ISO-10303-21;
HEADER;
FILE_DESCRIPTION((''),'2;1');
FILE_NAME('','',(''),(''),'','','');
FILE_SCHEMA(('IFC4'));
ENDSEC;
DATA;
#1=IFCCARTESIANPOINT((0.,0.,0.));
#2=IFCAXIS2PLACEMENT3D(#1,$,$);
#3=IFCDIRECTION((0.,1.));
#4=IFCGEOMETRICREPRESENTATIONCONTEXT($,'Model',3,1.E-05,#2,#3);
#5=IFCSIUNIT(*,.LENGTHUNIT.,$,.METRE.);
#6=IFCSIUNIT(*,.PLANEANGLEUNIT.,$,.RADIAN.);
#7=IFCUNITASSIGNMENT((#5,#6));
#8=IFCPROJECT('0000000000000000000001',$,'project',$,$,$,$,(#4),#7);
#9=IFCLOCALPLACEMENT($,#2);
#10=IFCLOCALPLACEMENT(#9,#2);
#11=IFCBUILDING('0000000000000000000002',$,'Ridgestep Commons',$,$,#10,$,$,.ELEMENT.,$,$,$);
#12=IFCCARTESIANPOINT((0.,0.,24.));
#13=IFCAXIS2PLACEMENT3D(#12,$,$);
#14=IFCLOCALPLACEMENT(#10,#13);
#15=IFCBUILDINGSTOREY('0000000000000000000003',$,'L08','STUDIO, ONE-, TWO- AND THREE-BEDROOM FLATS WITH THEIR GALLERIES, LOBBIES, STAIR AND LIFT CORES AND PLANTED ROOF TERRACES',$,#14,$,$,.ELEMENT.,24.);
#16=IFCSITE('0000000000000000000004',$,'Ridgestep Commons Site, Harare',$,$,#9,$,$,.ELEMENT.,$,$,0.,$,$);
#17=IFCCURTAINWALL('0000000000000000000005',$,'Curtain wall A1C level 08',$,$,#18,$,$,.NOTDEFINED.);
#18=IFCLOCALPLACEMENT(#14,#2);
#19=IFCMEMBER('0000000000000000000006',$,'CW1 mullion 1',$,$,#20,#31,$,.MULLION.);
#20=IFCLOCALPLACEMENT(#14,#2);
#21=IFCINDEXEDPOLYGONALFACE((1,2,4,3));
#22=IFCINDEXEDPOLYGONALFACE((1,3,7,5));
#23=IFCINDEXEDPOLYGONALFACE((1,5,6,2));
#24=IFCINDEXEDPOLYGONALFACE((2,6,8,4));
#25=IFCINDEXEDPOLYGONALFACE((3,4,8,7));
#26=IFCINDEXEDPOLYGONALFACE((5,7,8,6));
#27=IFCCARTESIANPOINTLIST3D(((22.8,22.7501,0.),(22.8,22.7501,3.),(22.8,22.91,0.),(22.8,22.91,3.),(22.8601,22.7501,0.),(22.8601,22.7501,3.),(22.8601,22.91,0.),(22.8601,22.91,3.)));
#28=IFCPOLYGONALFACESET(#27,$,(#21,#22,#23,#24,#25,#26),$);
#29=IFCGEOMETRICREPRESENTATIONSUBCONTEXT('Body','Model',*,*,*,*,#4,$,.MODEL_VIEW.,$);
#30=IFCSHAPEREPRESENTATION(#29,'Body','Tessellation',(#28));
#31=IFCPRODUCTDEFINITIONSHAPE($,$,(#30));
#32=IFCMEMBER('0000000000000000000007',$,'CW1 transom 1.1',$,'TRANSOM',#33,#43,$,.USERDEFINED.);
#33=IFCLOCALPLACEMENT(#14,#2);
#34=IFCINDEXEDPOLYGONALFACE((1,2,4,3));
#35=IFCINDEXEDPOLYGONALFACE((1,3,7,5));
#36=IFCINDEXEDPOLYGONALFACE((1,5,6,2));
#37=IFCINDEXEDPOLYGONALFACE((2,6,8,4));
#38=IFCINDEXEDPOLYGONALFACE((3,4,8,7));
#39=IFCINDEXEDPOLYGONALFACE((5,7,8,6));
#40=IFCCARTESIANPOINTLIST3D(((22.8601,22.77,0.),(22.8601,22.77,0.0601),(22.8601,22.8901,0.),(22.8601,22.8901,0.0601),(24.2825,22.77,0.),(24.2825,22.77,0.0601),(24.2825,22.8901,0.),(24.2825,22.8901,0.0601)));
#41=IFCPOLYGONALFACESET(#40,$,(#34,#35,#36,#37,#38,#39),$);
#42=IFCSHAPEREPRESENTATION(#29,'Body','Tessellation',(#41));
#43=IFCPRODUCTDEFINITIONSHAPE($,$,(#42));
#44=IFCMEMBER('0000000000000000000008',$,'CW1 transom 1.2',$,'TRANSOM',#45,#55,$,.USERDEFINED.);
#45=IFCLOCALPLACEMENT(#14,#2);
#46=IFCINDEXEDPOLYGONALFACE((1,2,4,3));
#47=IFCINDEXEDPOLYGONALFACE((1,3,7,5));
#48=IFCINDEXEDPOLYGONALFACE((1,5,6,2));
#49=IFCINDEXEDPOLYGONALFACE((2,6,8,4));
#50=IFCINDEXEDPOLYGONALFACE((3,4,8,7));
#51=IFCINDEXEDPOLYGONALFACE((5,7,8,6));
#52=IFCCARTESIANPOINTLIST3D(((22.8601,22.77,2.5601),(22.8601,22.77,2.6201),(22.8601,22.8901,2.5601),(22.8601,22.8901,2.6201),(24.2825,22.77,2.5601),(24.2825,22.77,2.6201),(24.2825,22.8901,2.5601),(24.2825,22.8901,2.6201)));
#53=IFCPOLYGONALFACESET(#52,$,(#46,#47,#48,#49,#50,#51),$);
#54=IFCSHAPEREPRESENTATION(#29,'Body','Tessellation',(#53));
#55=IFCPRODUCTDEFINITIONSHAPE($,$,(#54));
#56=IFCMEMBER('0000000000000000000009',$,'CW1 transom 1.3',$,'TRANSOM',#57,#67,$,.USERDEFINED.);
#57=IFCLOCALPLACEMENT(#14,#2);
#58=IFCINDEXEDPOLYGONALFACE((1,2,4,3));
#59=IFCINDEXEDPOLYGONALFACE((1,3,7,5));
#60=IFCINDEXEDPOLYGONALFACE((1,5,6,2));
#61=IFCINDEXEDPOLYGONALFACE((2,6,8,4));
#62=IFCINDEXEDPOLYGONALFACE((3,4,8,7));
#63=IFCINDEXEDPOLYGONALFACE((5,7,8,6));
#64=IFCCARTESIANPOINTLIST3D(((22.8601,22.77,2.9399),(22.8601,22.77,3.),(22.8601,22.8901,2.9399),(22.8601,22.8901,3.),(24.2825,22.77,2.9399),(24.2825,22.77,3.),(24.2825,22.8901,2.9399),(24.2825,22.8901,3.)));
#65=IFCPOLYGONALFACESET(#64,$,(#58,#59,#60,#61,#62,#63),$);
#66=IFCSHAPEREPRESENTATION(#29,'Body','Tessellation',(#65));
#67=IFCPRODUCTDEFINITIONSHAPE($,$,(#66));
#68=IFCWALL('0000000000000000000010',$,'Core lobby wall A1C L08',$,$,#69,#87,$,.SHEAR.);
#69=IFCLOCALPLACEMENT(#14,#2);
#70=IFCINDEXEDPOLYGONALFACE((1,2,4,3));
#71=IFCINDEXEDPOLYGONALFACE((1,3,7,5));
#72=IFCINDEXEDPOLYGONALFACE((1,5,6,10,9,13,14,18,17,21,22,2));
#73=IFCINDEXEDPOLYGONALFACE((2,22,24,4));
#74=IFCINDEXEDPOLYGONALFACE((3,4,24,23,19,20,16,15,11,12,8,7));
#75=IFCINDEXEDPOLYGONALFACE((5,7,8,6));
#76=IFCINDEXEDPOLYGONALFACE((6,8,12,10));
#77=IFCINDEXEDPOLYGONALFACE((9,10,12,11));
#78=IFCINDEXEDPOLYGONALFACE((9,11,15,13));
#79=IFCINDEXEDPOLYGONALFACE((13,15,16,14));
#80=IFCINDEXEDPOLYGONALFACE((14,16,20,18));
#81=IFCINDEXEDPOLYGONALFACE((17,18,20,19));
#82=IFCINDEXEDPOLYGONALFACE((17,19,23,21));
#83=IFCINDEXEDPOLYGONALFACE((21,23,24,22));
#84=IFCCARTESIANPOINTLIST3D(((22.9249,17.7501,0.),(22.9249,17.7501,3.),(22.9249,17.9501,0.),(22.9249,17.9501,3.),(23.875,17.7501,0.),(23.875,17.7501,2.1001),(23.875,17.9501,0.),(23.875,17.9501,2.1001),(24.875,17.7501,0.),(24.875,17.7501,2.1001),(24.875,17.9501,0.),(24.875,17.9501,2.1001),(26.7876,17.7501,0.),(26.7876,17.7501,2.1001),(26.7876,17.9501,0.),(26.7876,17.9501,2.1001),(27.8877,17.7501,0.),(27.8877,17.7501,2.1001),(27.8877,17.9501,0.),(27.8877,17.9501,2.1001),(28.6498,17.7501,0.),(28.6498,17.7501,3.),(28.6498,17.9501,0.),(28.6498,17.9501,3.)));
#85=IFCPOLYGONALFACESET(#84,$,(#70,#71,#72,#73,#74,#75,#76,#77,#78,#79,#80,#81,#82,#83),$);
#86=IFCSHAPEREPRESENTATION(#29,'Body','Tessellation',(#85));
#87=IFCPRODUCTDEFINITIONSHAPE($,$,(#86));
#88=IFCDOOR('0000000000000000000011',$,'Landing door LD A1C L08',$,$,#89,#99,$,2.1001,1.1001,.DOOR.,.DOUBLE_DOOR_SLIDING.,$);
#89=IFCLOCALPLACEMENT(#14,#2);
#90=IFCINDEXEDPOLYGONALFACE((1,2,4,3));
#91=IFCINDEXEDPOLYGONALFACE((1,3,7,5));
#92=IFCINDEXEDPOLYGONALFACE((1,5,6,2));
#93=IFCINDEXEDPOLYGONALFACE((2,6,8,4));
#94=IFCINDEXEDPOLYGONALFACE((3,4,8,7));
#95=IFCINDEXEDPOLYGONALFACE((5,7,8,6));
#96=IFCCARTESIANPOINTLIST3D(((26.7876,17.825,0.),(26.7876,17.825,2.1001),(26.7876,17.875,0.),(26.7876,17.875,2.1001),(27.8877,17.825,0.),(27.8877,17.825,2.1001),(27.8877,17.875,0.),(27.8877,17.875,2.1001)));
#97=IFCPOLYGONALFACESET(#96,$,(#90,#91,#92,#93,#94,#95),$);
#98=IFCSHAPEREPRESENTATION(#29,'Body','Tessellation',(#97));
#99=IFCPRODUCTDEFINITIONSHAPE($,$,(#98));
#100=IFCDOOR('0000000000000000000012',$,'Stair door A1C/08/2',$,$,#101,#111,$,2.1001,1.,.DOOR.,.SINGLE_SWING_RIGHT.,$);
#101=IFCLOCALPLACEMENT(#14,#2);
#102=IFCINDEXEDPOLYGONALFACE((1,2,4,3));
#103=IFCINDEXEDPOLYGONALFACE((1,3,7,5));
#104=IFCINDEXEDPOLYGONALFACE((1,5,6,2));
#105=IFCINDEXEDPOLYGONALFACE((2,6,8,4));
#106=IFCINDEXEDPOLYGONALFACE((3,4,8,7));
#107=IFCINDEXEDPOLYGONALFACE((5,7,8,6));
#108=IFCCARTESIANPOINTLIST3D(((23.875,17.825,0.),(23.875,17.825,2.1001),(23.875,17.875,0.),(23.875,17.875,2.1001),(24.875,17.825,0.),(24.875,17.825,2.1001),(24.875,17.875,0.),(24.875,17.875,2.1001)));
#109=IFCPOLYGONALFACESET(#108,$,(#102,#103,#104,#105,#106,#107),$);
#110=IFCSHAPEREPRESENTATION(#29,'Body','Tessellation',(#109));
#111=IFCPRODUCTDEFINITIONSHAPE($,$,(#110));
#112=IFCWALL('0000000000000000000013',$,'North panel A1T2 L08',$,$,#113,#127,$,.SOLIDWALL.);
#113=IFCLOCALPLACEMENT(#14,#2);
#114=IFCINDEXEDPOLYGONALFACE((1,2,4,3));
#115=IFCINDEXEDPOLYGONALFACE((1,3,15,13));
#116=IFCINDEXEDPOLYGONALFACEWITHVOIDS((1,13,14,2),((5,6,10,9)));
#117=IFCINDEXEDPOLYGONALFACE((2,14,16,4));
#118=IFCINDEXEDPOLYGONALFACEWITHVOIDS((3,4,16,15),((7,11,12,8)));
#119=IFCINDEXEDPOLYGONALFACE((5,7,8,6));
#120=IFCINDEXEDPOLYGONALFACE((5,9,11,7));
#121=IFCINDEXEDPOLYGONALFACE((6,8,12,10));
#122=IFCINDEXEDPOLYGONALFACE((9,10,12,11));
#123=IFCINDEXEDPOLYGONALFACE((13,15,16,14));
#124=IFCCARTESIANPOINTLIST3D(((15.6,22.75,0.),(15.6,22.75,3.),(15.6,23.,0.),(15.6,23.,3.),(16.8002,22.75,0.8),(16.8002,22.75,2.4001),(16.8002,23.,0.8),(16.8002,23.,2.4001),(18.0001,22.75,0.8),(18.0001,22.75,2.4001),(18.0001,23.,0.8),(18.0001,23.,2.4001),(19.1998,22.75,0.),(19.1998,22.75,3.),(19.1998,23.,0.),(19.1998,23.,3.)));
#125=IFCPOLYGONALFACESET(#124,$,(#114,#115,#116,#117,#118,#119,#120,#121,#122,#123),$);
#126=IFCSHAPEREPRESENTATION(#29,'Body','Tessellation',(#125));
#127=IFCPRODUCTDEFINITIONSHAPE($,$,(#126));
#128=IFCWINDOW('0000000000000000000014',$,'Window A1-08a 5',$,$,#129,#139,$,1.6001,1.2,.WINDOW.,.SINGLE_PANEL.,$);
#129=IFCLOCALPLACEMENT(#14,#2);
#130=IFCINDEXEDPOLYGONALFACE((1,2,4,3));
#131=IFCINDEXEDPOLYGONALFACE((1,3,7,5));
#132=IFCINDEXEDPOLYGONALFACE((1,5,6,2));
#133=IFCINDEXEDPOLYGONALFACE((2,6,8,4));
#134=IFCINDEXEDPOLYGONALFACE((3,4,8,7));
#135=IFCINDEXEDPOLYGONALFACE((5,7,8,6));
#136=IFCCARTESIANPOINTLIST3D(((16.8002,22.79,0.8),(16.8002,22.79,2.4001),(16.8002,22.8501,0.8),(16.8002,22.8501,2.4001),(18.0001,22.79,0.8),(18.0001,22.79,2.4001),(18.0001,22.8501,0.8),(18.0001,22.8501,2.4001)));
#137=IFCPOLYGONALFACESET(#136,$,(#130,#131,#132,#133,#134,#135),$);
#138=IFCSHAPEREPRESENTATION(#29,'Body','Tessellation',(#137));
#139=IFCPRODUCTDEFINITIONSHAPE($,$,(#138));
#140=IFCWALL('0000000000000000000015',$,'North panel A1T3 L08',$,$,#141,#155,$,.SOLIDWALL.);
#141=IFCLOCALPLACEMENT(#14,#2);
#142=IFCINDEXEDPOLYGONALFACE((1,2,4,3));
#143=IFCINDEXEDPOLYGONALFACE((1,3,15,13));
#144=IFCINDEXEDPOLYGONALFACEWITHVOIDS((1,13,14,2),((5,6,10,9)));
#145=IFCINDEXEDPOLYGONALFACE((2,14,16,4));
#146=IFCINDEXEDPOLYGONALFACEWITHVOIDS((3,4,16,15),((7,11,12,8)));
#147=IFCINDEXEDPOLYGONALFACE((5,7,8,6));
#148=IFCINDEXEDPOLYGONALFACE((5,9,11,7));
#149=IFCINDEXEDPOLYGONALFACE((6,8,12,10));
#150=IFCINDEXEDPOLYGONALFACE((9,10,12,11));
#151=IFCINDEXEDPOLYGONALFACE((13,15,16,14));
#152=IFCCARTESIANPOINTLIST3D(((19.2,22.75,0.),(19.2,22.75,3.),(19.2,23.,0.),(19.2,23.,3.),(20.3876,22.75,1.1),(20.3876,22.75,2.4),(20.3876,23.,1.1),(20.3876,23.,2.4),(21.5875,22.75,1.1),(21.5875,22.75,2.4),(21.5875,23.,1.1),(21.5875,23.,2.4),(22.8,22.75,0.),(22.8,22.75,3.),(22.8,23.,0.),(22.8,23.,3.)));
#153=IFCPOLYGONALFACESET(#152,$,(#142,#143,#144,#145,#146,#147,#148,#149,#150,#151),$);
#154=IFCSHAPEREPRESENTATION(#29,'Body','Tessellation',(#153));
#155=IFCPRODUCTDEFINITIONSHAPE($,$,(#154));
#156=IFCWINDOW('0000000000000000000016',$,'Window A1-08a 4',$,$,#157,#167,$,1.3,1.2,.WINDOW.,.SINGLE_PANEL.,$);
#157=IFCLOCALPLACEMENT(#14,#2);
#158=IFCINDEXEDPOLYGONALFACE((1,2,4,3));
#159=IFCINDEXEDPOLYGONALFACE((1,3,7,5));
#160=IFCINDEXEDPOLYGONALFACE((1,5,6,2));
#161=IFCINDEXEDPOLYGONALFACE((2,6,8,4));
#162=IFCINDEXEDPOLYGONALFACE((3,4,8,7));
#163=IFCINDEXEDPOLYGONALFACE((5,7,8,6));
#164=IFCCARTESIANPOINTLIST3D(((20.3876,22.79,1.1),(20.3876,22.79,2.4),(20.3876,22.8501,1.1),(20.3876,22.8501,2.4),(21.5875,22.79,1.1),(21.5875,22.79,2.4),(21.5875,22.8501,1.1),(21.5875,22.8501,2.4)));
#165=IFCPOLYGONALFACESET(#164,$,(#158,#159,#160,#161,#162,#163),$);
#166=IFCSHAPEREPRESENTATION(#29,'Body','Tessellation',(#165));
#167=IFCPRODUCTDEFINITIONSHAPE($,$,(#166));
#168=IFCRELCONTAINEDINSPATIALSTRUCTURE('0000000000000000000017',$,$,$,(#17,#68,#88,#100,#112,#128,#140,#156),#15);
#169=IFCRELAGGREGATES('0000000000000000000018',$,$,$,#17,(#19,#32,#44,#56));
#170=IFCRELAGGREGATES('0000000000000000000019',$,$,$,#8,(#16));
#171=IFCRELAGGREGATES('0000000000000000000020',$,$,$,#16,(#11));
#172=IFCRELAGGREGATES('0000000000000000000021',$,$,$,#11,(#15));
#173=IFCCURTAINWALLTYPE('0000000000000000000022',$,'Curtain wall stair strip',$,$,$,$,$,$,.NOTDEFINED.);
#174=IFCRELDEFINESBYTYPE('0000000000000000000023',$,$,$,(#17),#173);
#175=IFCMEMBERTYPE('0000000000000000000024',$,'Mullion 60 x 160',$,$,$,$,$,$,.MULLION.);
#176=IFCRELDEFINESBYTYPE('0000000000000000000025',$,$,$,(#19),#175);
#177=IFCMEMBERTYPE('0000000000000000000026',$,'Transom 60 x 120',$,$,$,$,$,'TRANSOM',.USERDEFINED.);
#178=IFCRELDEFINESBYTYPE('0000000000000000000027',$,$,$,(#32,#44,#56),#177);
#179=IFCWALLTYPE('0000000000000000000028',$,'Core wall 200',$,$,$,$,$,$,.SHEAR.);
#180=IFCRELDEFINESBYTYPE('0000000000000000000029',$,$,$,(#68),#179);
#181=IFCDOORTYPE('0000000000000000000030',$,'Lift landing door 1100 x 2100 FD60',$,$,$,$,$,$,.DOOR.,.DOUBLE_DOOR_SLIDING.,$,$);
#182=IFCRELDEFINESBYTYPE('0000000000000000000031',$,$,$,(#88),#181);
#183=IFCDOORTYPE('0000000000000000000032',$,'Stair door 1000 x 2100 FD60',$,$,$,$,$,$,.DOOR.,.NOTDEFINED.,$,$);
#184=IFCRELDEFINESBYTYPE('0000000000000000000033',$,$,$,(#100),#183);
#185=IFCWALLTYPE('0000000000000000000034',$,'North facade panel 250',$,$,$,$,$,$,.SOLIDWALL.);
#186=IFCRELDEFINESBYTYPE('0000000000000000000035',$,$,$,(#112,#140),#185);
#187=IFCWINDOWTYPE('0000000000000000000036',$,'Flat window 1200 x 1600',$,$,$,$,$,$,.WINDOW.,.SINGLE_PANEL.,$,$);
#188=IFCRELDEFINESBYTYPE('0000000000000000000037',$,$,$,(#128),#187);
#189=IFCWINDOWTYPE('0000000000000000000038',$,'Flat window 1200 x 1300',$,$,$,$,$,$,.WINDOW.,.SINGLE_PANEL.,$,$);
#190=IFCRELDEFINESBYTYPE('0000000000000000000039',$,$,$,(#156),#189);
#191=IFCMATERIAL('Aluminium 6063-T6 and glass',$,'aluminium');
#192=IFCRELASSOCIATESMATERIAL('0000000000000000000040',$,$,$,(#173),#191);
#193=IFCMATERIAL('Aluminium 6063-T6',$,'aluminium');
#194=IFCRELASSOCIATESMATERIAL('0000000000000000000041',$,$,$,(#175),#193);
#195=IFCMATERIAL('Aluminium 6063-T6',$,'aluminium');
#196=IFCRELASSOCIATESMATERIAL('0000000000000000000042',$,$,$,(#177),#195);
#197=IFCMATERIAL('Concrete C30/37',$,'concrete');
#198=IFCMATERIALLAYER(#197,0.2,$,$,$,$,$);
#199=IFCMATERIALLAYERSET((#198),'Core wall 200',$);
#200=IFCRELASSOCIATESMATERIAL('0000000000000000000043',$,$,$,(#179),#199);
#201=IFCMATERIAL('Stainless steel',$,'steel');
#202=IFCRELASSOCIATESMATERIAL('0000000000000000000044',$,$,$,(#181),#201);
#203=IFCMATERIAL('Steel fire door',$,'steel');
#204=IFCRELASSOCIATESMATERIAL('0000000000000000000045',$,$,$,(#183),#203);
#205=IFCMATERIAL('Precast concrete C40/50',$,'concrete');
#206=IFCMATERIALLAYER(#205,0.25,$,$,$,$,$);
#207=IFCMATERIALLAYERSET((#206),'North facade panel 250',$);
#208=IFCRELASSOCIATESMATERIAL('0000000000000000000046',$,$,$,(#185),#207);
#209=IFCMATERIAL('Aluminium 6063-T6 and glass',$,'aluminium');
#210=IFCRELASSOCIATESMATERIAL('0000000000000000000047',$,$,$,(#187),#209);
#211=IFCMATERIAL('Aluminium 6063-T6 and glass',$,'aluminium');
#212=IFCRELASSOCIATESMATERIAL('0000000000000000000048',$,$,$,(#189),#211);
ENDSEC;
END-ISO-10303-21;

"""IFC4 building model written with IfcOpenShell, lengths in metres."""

from ifc_helpers import new_model, si_unit, direction, frame, frame_2d, origin, origin_2d, place, context, subcontext, project, spatial, rectangle, extrude, material, layer, layer_set, material_profile, profile_set, type_object, element, fill, aggregate, save


model = new_model("IFC4")

# Units and contexts
model_context = context("Model", 3, precision=1e-05, world=origin(), true_north=direction((0.0, 1.0)))
body_context = subcontext(model_context, "Body", "Model", "MODEL_VIEW")
ifc_project = project(units=[si_unit("LENGTHUNIT", "METRE"), si_unit("PLANEANGLEUNIT", "RADIAN")], contexts=[model_context])

# Site, building, storey
site_placement = place(None, origin())
site = spatial("IfcSite", under=ifc_project, at=site_placement, Name="Ridgestep Commons Site, Harare", CompositionType="ELEMENT", RefElevation=0.0)
building_placement = place(site_placement, origin())
building = spatial("IfcBuilding", under=site, at=building_placement, Name="Ridgestep Commons", CompositionType="ELEMENT")
storey_placement = place(building_placement, frame((0.0, 0.0, 24.0)))
storey = spatial("IfcBuildingStorey", under=building, at=storey_placement, Name="L08", Description="STUDIO, ONE-, TWO- AND THREE-BEDROOM FLATS WITH THEIR GALLERIES, LOBBIES, STAIR AND LIFT CORES AND PLANTED ROOF TERRACES", CompositionType="ELEMENT", Elevation=24.0)

# Curtain wall, members
ifc_material_1 = material(Name="Aluminium 6063-T6 and glass", Category="aluminium")
curtain_wall_type = type_object("IfcCurtainWallType", Name="Curtain wall stair strip", PredefinedType="NOTDEFINED", material=ifc_material_1)
curtain_wall_placement = place(storey_placement, origin())
curtain_wall = element("IfcCurtainWall", 1, at=curtain_wall_placement, inside=storey, type_object=curtain_wall_type, Name="Curtain wall A1C level 08", PredefinedType="NOTDEFINED")
ifc_material_2 = material(Name="Aluminium 6063-T6", Category="aluminium")
ifc_material_profile_1 = material_profile(ifc_material_2, rectangle(XDim=0.1599, YDim=0.0601, at=origin_2d()), Name="Mullion 60 x 160")
ifc_profile_set_1 = profile_set([ifc_material_profile_1], Name="Aluminium 6063-T6")
member_type_1 = type_object("IfcMemberType", Name="Mullion 60 x 160", PredefinedType="MULLION", material=ifc_profile_set_1)
member_1_placement = place(storey_placement, frame((22.8301, 22.8301, 0.0), z_axis=(0.0, 0.0, 1.0), x_axis=(0.0, 1.0, 0.0)))
member_1 = element("IfcMember", 2, at=member_1_placement, type_object=member_type_1, Name="CW1 mullion 1", PredefinedType="MULLION", context=body_context, shape_type="SweptSolid", body=[
    extrude(rectangle(XDim=0.1599, YDim=0.0601, at=origin_2d()), origin(), (0.0, 0.0, 1.0), 3.0),
])
ifc_material_3 = material(Name="Aluminium 6063-T6", Category="aluminium")
ifc_material_profile_2 = material_profile(ifc_material_3, rectangle(XDim=0.1201, YDim=0.0601, at=origin_2d()), Name="Transom 60 x 120")
ifc_profile_set_2 = profile_set([ifc_material_profile_2], Name="Aluminium 6063-T6")
member_type_2 = type_object("IfcMemberType", Name="Transom 60 x 120", ElementType="TRANSOM", PredefinedType="USERDEFINED", material=ifc_profile_set_2)
member_2_placement = place(storey_placement, frame((22.8601, 22.8301, 0.03), z_axis=(1.0, 0.0, 0.0), x_axis=(0.0, 1.0, 0.0)))
member_2 = element("IfcMember", 3, at=member_2_placement, type_object=member_type_2, Name="CW1 transom 1.1", ObjectType="TRANSOM", PredefinedType="USERDEFINED", context=body_context, shape_type="SweptSolid", body=[
    extrude(rectangle(XDim=0.1201, YDim=0.0601, at=origin_2d()), origin(), (0.0, 0.0, 1.0), 1.4224),
])
member_3_placement = place(storey_placement, frame((22.8601, 22.8301, 2.5901), z_axis=(1.0, 0.0, 0.0), x_axis=(0.0, 1.0, 0.0)))
member_3 = element("IfcMember", 4, at=member_3_placement, type_object=member_type_2, Name="CW1 transom 1.2", ObjectType="TRANSOM", PredefinedType="USERDEFINED", context=body_context, shape_type="SweptSolid", body=[
    extrude(rectangle(XDim=0.1201, YDim=0.0601, at=origin_2d()), origin(), (0.0, 0.0, 1.0), 1.4224),
])
member_4_placement = place(storey_placement, frame((22.8601, 22.8301, 2.97), z_axis=(1.0, 0.0, 0.0), x_axis=(0.0, 1.0, 0.0)))
member_4 = element("IfcMember", 5, at=member_4_placement, type_object=member_type_2, Name="CW1 transom 1.3", ObjectType="TRANSOM", PredefinedType="USERDEFINED", context=body_context, shape_type="SweptSolid", body=[
    extrude(rectangle(XDim=0.1201, YDim=0.0601, at=origin_2d()), origin(), (0.0, 0.0, 1.0), 1.4224),
])
aggregate(curtain_wall, [member_1, member_2, member_3, member_4])

# Wall, openings, doors
ifc_material_4 = material(Name="Concrete C30/37", Category="concrete")
ifc_layer_1 = layer(ifc_material_4, 0.2)
ifc_layer_set_1 = layer_set([ifc_layer_1], Name="Core wall 200")
wall_type_1 = type_object("IfcWallType", Name="Core wall 200", PredefinedType="SHEAR", material=ifc_layer_set_1)
wall_1_placement = place(storey_placement, frame((22.925, 17.8501, 0.0), z_axis=(0.0, 0.0, 1.0), x_axis=(1.0, 0.0, 0.0)))
wall_1 = element("IfcWall", 6, at=wall_1_placement, inside=storey, type_object=wall_type_1, Name="Core lobby wall A1C L08", PredefinedType="SHEAR", context=body_context, shape_type="SweptSolid", body=[
    extrude(rectangle(XDim=5.7249, YDim=0.2, at=frame_2d((2.8623, 0.0))), origin(), (0.0, 0.0, 1.0), 3.0),
])
opening_1_placement = place(wall_1_placement, frame((0.95, 0.0, 0.0)))
opening_1 = element("IfcOpeningElement", 7, at=opening_1_placement, cuts=wall_1, PredefinedType="OPENING", context=body_context, shape_type="SweptSolid", body=[
    extrude(rectangle(XDim=1.0, YDim=2.1001, at=frame_2d((0.5, 1.05))), frame((0.0, 0.1099, 0.0), z_axis=(0.0, -1.0, 0.0), x_axis=(1.0, 0.0, 0.0)), (0.0, 0.0, 1.0), 0.22),
])
opening_2_placement = place(wall_1_placement, frame((3.8625, 0.0, 0.0)))
opening_2 = element("IfcOpeningElement", 8, at=opening_2_placement, cuts=wall_1, PredefinedType="OPENING", context=body_context, shape_type="SweptSolid", body=[
    extrude(rectangle(XDim=1.1001, YDim=2.1001, at=frame_2d((0.55, 1.05))), frame((0.0, 0.1099, 0.0), z_axis=(0.0, -1.0, 0.0), x_axis=(1.0, 0.0, 0.0)), (0.0, 0.0, 1.0), 0.22),
])
ifc_material_5 = material(Name="Stainless steel", Category="steel")
door_type_1 = type_object("IfcDoorType", Name="Lift landing door 1100 x 2100 FD60", OperationType="DOUBLE_DOOR_SLIDING", PredefinedType="DOOR", material=ifc_material_5)
door_1_placement = place(opening_2_placement, origin())
door_1 = element("IfcDoor", 9, at=door_1_placement, inside=storey, type_object=door_type_1, Name="Landing door LD A1C L08", OperationType="DOUBLE_DOOR_SLIDING", OverallHeight=2.1001, OverallWidth=1.1001, PredefinedType="DOOR", context=body_context, shape_type="SweptSolid", body=[
    extrude(rectangle(XDim=1.1001, YDim=2.1001, at=frame_2d((0.55, 1.05))), frame((0.0, 0.0249, 0.0), z_axis=(0.0, -1.0, 0.0), x_axis=(1.0, 0.0, 0.0)), (0.0, 0.0, 1.0), 0.05),
])
fill(opening_2, door_1)
ifc_material_6 = material(Name="Steel fire door", Category="steel")
door_type_2 = type_object("IfcDoorType", Name="Stair door 1000 x 2100 FD60", OperationType="NOTDEFINED", PredefinedType="DOOR", material=ifc_material_6)
door_2_placement = place(opening_1_placement, origin())
door_2 = element("IfcDoor", 10, at=door_2_placement, inside=storey, type_object=door_type_2, Name="Stair door A1C/08/2", OperationType="SINGLE_SWING_RIGHT", OverallHeight=2.1001, OverallWidth=1.0, PredefinedType="DOOR", context=body_context, shape_type="SweptSolid", body=[
    extrude(rectangle(XDim=1.0, YDim=2.1001, at=frame_2d((0.5, 1.05))), frame((0.0, 0.0249, 0.0), z_axis=(0.0, -1.0, 0.0), x_axis=(1.0, 0.0, 0.0)), (0.0, 0.0, 1.0), 0.05),
])
fill(opening_1, door_2)

# Walls, openings, windows
ifc_material_7 = material(Name="Precast concrete C40/50", Category="concrete")
ifc_layer_2 = layer(ifc_material_7, 0.25)
ifc_layer_set_2 = layer_set([ifc_layer_2], Name="North facade panel 250")
wall_type_2 = type_object("IfcWallType", Name="North facade panel 250", PredefinedType="SOLIDWALL", material=ifc_layer_set_2)
wall_2_placement = place(storey_placement, frame((15.6001, 22.875, 0.0), z_axis=(0.0, 0.0, 1.0), x_axis=(1.0, 0.0, 0.0)))
wall_2 = element("IfcWall", 11, at=wall_2_placement, inside=storey, type_object=wall_type_2, Name="North panel A1T2 L08", PredefinedType="SOLIDWALL", context=body_context, shape_type="SweptSolid", body=[
    extrude(rectangle(XDim=3.5999, YDim=0.25, at=frame_2d((1.7998, 0.0))), origin(), (0.0, 0.0, 1.0), 3.0),
])
opening_3_placement = place(wall_2_placement, frame((1.2, 0.0, 0.8)))
opening_3 = element("IfcOpeningElement", 12, at=opening_3_placement, cuts=wall_2, PredefinedType="OPENING", context=body_context, shape_type="SweptSolid", body=[
    extrude(rectangle(XDim=1.2, YDim=1.6001, at=frame_2d((0.6001, 0.8))), frame((0.0, 0.135, 0.0), z_axis=(0.0, -1.0, 0.0), x_axis=(1.0, 0.0, 0.0)), (0.0, 0.0, 1.0), 0.27),
])
ifc_material_8 = material(Name="Aluminium 6063-T6 and glass", Category="aluminium")
window_type_1 = type_object("IfcWindowType", Name="Flat window 1200 x 1600", PartitioningType="SINGLE_PANEL", PredefinedType="WINDOW", material=ifc_material_8)
window_1_placement = place(opening_3_placement, origin())
window_1 = element("IfcWindow", 13, at=window_1_placement, inside=storey, type_object=window_type_1, Name="Window A1-08a 5", OverallHeight=1.6001, OverallWidth=1.2, PartitioningType="SINGLE_PANEL", PredefinedType="WINDOW", context=body_context, shape_type="SweptSolid", body=[
    extrude(rectangle(XDim=1.2, YDim=1.6001, at=frame_2d((0.6001, 0.8))), frame((0.0, -0.0249, 0.0), z_axis=(0.0, -1.0, 0.0), x_axis=(1.0, 0.0, 0.0)), (0.0, 0.0, 1.0), 0.0601),
])
fill(opening_3, window_1)
wall_3_placement = place(storey_placement, frame((19.2, 22.875, 0.0), z_axis=(0.0, 0.0, 1.0), x_axis=(1.0, 0.0, 0.0)))
wall_3 = element("IfcWall", 14, at=wall_3_placement, inside=storey, type_object=wall_type_2, Name="North panel A1T3 L08", PredefinedType="SOLIDWALL", context=body_context, shape_type="SweptSolid", body=[
    extrude(rectangle(XDim=3.6001, YDim=0.25, at=frame_2d((1.8, 0.0))), origin(), (0.0, 0.0, 1.0), 3.0),
])
opening_4_placement = place(wall_3_placement, frame((1.1875, 0.0, 1.1001)))
opening_4 = element("IfcOpeningElement", 15, at=opening_4_placement, cuts=wall_3, PredefinedType="OPENING", context=body_context, shape_type="SweptSolid", body=[
    extrude(rectangle(XDim=1.2, YDim=1.3, at=frame_2d((0.6001, 0.6499))), frame((0.0, 0.135, 0.0), z_axis=(0.0, -1.0, 0.0), x_axis=(1.0, 0.0, 0.0)), (0.0, 0.0, 1.0), 0.27),
])
ifc_material_9 = material(Name="Aluminium 6063-T6 and glass", Category="aluminium")
window_type_2 = type_object("IfcWindowType", Name="Flat window 1200 x 1300", PartitioningType="SINGLE_PANEL", PredefinedType="WINDOW", material=ifc_material_9)
window_2_placement = place(opening_4_placement, origin())
window_2 = element("IfcWindow", 16, at=window_2_placement, inside=storey, type_object=window_type_2, Name="Window A1-08a 4", OverallHeight=1.3, OverallWidth=1.2, PartitioningType="SINGLE_PANEL", PredefinedType="WINDOW", context=body_context, shape_type="SweptSolid", body=[
    extrude(rectangle(XDim=1.2, YDim=1.3, at=frame_2d((0.6001, 0.6499))), frame((0.0, -0.0249, 0.0), z_axis=(0.0, -1.0, 0.0), x_axis=(1.0, 0.0, 0.0)), (0.0, 0.0, 1.0), 0.0601),
])
fill(opening_4, window_2)

save(model, "model.ifc")
